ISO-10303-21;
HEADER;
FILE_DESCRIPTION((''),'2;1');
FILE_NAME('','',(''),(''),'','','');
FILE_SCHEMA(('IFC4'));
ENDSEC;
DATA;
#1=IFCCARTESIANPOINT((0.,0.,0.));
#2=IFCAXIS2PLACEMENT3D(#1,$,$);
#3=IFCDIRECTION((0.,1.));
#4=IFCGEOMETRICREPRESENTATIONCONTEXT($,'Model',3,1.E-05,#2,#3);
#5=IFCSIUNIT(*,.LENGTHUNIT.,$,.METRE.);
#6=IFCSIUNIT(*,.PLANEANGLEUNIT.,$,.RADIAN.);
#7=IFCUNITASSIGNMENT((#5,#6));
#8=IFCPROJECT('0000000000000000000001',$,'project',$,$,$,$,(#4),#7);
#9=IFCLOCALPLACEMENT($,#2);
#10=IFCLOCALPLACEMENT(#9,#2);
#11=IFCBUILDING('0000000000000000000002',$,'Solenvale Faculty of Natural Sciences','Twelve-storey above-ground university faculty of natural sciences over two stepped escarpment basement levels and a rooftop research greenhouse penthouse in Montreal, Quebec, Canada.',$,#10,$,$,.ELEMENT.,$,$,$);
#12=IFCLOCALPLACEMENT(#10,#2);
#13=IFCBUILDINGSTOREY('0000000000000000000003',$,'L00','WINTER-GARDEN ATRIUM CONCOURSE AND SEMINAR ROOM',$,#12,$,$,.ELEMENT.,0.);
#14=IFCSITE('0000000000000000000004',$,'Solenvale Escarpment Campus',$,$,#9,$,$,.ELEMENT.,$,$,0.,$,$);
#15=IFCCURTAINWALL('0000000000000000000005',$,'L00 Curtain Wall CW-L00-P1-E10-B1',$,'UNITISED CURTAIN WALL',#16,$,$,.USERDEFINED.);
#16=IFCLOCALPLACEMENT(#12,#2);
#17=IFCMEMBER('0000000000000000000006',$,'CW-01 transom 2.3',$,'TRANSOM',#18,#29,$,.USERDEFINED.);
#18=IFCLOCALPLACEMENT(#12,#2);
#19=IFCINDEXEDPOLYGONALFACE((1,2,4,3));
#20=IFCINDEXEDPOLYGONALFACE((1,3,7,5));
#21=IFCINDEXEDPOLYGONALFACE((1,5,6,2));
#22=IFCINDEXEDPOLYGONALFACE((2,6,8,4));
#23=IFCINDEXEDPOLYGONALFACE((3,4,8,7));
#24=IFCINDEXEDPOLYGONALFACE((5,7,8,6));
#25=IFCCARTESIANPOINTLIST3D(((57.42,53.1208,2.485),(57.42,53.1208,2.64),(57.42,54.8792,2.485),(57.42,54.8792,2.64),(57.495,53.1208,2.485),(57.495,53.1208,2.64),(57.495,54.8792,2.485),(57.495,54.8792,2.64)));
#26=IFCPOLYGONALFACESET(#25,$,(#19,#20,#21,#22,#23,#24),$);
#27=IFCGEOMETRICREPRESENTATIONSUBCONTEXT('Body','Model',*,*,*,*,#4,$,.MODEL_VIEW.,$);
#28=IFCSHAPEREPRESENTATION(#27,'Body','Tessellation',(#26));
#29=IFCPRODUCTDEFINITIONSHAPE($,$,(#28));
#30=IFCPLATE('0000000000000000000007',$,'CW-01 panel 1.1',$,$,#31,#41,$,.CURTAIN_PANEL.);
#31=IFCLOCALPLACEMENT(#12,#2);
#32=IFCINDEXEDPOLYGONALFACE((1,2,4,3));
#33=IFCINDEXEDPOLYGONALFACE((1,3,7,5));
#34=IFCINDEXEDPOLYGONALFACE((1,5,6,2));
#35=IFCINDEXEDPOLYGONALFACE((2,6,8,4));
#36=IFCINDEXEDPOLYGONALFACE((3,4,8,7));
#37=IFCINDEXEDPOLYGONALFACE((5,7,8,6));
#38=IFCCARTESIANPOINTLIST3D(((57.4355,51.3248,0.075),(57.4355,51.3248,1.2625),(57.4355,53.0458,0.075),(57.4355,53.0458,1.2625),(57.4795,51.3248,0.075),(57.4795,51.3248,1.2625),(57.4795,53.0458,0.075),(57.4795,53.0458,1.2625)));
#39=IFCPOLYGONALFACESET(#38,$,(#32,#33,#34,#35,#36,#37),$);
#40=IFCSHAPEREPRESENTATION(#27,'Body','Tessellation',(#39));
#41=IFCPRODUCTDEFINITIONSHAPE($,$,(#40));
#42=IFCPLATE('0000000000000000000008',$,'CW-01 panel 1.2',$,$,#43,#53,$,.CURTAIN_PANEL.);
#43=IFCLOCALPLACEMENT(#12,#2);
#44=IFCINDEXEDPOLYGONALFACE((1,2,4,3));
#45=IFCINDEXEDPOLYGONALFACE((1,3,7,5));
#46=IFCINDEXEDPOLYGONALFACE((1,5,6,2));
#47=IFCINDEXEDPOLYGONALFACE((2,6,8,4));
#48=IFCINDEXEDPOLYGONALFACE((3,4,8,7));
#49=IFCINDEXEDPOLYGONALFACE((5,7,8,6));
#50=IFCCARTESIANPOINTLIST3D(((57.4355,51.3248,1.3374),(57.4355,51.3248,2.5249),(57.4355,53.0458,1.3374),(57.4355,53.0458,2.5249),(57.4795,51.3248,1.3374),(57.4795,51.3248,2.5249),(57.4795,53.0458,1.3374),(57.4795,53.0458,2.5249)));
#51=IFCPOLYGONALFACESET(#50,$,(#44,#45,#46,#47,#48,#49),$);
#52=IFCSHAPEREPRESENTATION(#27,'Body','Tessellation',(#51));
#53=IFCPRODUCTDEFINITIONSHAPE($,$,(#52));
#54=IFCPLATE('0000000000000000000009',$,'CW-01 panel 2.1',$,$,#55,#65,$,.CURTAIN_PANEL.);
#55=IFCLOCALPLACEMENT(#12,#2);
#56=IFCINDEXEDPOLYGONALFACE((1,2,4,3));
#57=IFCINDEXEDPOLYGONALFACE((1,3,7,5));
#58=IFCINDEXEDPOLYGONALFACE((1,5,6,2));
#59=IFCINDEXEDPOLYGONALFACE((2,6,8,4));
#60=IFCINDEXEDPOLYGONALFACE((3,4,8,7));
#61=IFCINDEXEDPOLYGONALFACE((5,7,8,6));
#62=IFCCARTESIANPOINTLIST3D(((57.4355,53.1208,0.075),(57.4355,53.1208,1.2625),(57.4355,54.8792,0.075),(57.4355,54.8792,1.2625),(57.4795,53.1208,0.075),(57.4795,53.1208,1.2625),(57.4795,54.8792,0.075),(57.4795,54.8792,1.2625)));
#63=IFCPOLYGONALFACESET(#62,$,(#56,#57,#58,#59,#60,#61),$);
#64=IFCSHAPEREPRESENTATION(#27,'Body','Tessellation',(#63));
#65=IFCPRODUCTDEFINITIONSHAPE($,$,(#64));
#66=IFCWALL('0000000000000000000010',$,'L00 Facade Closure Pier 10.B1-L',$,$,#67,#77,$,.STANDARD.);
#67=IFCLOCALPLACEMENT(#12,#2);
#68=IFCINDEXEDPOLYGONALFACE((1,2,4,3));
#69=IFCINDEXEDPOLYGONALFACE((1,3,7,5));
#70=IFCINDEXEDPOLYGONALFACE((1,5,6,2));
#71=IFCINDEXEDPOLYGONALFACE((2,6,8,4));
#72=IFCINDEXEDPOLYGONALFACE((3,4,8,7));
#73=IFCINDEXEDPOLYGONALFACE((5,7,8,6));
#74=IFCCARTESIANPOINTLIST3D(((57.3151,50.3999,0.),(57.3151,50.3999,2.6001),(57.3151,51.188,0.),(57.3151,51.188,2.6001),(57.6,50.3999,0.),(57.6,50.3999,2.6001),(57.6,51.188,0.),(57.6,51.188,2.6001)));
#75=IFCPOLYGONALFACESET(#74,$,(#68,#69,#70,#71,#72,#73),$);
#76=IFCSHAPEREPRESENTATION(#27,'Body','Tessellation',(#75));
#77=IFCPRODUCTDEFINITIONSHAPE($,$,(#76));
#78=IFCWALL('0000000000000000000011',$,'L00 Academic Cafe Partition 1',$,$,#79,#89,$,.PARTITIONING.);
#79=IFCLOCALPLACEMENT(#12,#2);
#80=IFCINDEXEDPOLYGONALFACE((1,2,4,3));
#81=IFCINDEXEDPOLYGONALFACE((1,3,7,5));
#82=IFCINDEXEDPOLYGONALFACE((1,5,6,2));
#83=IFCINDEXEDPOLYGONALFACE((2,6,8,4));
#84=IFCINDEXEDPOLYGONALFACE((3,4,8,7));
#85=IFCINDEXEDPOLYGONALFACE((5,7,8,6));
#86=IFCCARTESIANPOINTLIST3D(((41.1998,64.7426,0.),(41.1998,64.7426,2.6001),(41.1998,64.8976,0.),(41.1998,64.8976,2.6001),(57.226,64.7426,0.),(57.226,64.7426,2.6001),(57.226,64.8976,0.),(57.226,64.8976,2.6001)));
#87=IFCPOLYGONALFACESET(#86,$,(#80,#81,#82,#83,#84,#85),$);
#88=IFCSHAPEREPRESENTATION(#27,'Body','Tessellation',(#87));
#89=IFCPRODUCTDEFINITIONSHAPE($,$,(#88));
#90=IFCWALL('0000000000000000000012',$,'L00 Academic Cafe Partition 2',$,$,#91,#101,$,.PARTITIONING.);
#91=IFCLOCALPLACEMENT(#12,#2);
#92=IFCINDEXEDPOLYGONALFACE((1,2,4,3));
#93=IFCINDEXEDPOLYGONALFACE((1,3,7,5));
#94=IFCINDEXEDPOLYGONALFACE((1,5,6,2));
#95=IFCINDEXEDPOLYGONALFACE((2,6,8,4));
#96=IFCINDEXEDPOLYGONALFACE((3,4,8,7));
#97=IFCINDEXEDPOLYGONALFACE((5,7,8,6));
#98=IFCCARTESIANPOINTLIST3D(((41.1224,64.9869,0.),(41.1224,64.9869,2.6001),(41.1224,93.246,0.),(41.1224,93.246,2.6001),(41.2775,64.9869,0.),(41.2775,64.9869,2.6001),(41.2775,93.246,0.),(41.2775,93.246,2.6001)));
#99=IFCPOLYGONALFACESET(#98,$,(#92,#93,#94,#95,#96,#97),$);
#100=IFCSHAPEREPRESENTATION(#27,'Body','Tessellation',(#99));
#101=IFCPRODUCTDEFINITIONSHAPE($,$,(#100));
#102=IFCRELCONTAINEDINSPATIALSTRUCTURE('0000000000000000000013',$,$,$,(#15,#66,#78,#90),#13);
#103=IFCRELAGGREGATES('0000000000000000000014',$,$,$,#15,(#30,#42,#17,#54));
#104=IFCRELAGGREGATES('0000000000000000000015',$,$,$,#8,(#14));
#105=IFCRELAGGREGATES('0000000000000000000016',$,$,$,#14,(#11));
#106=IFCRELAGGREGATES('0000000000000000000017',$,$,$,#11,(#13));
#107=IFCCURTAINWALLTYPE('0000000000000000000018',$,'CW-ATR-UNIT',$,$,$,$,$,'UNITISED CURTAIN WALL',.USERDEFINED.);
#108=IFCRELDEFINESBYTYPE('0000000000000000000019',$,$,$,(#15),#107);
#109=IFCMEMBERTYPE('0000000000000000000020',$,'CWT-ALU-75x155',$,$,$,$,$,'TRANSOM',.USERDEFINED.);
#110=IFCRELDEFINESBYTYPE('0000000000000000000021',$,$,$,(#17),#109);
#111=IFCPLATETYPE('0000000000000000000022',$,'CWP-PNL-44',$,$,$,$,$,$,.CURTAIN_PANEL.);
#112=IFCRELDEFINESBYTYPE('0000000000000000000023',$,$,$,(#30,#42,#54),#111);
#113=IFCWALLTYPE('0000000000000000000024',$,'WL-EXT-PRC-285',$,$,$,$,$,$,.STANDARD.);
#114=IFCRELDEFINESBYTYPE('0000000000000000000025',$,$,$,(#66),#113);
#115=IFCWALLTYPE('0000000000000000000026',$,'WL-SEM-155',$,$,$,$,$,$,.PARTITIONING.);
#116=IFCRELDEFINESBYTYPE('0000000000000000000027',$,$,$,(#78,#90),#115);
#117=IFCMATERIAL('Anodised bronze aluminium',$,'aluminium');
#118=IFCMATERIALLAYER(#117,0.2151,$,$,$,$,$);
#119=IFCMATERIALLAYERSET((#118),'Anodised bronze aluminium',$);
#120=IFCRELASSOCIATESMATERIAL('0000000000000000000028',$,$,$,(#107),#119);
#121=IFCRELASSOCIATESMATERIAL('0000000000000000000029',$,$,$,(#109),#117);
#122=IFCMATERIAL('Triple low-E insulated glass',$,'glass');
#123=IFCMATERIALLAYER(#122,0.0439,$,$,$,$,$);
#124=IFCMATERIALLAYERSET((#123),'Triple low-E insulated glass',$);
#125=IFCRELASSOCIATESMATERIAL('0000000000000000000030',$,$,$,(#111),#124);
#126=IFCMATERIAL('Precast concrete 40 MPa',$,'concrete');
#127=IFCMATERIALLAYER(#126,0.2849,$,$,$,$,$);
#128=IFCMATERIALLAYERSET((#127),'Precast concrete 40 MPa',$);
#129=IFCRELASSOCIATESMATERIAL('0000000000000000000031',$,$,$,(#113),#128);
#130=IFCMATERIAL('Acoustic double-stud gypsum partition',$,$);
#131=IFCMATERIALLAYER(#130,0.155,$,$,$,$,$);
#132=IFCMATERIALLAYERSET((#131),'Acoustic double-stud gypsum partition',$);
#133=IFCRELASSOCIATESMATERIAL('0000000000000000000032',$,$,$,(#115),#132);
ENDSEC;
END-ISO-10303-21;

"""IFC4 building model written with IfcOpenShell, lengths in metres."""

from ifc_helpers import new_model, si_unit, direction, frame, frame_2d, origin, origin_2d, place, context, subcontext, project, spatial, rectangle, extrude, material, layer, layer_set, material_profile, profile_set, type_object, element, aggregate, save


model = new_model("IFC4")

# Units and contexts
model_context = context("Model", 3, precision=1e-05, world=origin(), true_north=direction((0.0, 1.0)))
body_context = subcontext(model_context, "Body", "Model", "MODEL_VIEW")
ifc_project = project(units=[si_unit("LENGTHUNIT", "METRE"), si_unit("PLANEANGLEUNIT", "RADIAN")], contexts=[model_context])

# Site, building, storey
site_placement = place(None, origin())
site = spatial("IfcSite", under=ifc_project, at=site_placement, Name="Solenvale Escarpment Campus", CompositionType="ELEMENT", RefElevation=0.0)
building_placement = place(site_placement, origin())
building = spatial("IfcBuilding", under=site, at=building_placement, Name="Solenvale Faculty of Natural Sciences", Description="Twelve-storey above-ground university faculty of natural sciences over two stepped escarpment basement levels and a rooftop research greenhouse penthouse in Montreal, Quebec, Canada.", CompositionType="ELEMENT")
storey_placement = place(building_placement, origin())
storey = spatial("IfcBuildingStorey", under=building, at=storey_placement, Name="L00", Description="WINTER-GARDEN ATRIUM CONCOURSE AND SEMINAR ROOM", CompositionType="ELEMENT", Elevation=0.0)

# Curtain wall, member, plates
ifc_material_1 = material(Name="Anodised bronze aluminium", Category="aluminium")
ifc_layer_1 = layer(ifc_material_1, 0.2151)
ifc_layer_set_1 = layer_set([ifc_layer_1], Name="Anodised bronze aluminium")
curtain_wall_type = type_object("IfcCurtainWallType", Name="CW-ATR-UNIT", ElementType="UNITISED CURTAIN WALL", PredefinedType="USERDEFINED", material=ifc_layer_set_1)
curtain_wall_placement = place(storey_placement, origin())
curtain_wall = element("IfcCurtainWall", 1, at=curtain_wall_placement, inside=storey, type_object=curtain_wall_type, Name="L00 Curtain Wall CW-L00-P1-E10-B1", ObjectType="UNITISED CURTAIN WALL", PredefinedType="USERDEFINED")
ifc_material_profile_1 = material_profile(ifc_material_1, rectangle(XDim=0.075, YDim=0.155, at=origin_2d()), Name="ALU-TRN-75x155")
ifc_profile_set_1 = profile_set([ifc_material_profile_1], Name="Anodised bronze aluminium")
member_type_1 = type_object("IfcMemberType", Name="CWT-ALU-75x155", ElementType="TRANSOM", PredefinedType="USERDEFINED", material=ifc_profile_set_1)
member_1_placement = place(storey_placement, frame((57.4575, 53.1208, 2.5625), z_axis=(0.0, 1.0, 0.0), x_axis=(-1.0, 0.0, 0.0)))
member_1 = element("IfcMember", 2, at=member_1_placement, type_object=member_type_1, Name="CW-01 transom 2.3", ObjectType="TRANSOM", PredefinedType="USERDEFINED", context=body_context, shape_type="SweptSolid", body=[
    extrude(rectangle(XDim=0.075, YDim=0.155, at=origin_2d()), origin(), (0.0, 0.0, 1.0), 1.7583),
])
ifc_material_2 = material(Name="Triple low-E insulated glass", Category="glass")
ifc_layer_2 = layer(ifc_material_2, 0.0439)
ifc_layer_set_2 = layer_set([ifc_layer_2], Name="Triple low-E insulated glass")
plate_type = type_object("IfcPlateType", Name="CWP-PNL-44", PredefinedType="CURTAIN_PANEL", material=ifc_layer_set_2)
plate_1_placement = place(storey_placement, frame((57.4575, 52.1853, 0.075), z_axis=(0.0, 0.0, 1.0), x_axis=(0.0, 1.0, 0.0)))
plate_1 = element("IfcPlate", 3, at=plate_1_placement, type_object=plate_type, Name="CW-01 panel 1.1", PredefinedType="CURTAIN_PANEL", context=body_context, shape_type="SweptSolid", body=[
    extrude(rectangle(XDim=1.7209, YDim=0.0439, at=origin_2d()), origin(), (0.0, 0.0, 1.0), 1.1875),
])
plate_2_placement = place(storey_placement, frame((57.4575, 52.1853, 1.3374), z_axis=(0.0, 0.0, 1.0), x_axis=(0.0, 1.0, 0.0)))
plate_2 = element("IfcPlate", 4, at=plate_2_placement, type_object=plate_type, Name="CW-01 panel 1.2", PredefinedType="CURTAIN_PANEL", context=body_context, shape_type="SweptSolid", body=[
    extrude(rectangle(XDim=1.7209, YDim=0.0439, at=origin_2d()), origin(), (0.0, 0.0, 1.0), 1.1875),
])
plate_3_placement = place(storey_placement, frame((57.4575, 54.0, 0.075), z_axis=(0.0, 0.0, 1.0), x_axis=(0.0, 1.0, 0.0)))
plate_3 = element("IfcPlate", 5, at=plate_3_placement, type_object=plate_type, Name="CW-01 panel 2.1", PredefinedType="CURTAIN_PANEL", context=body_context, shape_type="SweptSolid", body=[
    extrude(rectangle(XDim=1.7583, YDim=0.0439, at=origin_2d()), origin(), (0.0, 0.0, 1.0), 1.1875),
])
aggregate(curtain_wall, [plate_1, plate_2, member_1, plate_3])

# Walls
ifc_material_3 = material(Name="Precast concrete 40 MPa", Category="concrete")
ifc_layer_3 = layer(ifc_material_3, 0.2849)
ifc_layer_set_3 = layer_set([ifc_layer_3], Name="Precast concrete 40 MPa")
wall_type_1 = type_object("IfcWallType", Name="WL-EXT-PRC-285", PredefinedType="STANDARD", material=ifc_layer_set_3)
wall_1_placement = place(storey_placement, frame((57.4575, 50.3999, 0.0), z_axis=(0.0, 0.0, 1.0), x_axis=(0.0, 1.0, 0.0)))
element("IfcWall", 6, at=wall_1_placement, inside=storey, type_object=wall_type_1, Name="L00 Facade Closure Pier 10.B1-L", PredefinedType="STANDARD", context=body_context, shape_type="SweptSolid", body=[
    extrude(rectangle(XDim=0.7881, YDim=0.2849, at=frame_2d((0.394, 0.0))), origin(), (0.0, 0.0, 1.0), 2.6001),
])
ifc_material_4 = material(Name="Acoustic double-stud gypsum partition")
ifc_layer_4 = layer(ifc_material_4, 0.155)
ifc_layer_set_4 = layer_set([ifc_layer_4], Name="Acoustic double-stud gypsum partition")
wall_type_2 = type_object("IfcWallType", Name="WL-SEM-155", PredefinedType="PARTITIONING", material=ifc_layer_set_4)
wall_2_placement = place(storey_placement, frame((57.2261, 64.8201, 0.0), z_axis=(0.0, 0.0, 1.0), x_axis=(-1.0, 0.0, 0.0)))
element("IfcWall", 7, at=wall_2_placement, inside=storey, type_object=wall_type_2, Name="L00 Academic Cafe Partition 1", PredefinedType="PARTITIONING", context=body_context, shape_type="SweptSolid", body=[
    extrude(rectangle(XDim=16.0261, YDim=0.155, at=frame_2d((8.0132, 0.0))), origin(), (0.0, 0.0, 1.0), 2.6001),
])
wall_3_placement = place(storey_placement, frame((41.2, 64.9871, 0.0), z_axis=(0.0, 0.0, 1.0), x_axis=(0.0, 1.0, 0.0)))
element("IfcWall", 8, at=wall_3_placement, inside=storey, type_object=wall_type_2, Name="L00 Academic Cafe Partition 2", PredefinedType="PARTITIONING", context=body_context, shape_type="SweptSolid", body=[
    extrude(rectangle(XDim=28.259, YDim=0.155, at=frame_2d((14.1294, 0.0))), origin(), (0.0, 0.0, 1.0), 2.6001),
])

save(model, "model.ifc")
